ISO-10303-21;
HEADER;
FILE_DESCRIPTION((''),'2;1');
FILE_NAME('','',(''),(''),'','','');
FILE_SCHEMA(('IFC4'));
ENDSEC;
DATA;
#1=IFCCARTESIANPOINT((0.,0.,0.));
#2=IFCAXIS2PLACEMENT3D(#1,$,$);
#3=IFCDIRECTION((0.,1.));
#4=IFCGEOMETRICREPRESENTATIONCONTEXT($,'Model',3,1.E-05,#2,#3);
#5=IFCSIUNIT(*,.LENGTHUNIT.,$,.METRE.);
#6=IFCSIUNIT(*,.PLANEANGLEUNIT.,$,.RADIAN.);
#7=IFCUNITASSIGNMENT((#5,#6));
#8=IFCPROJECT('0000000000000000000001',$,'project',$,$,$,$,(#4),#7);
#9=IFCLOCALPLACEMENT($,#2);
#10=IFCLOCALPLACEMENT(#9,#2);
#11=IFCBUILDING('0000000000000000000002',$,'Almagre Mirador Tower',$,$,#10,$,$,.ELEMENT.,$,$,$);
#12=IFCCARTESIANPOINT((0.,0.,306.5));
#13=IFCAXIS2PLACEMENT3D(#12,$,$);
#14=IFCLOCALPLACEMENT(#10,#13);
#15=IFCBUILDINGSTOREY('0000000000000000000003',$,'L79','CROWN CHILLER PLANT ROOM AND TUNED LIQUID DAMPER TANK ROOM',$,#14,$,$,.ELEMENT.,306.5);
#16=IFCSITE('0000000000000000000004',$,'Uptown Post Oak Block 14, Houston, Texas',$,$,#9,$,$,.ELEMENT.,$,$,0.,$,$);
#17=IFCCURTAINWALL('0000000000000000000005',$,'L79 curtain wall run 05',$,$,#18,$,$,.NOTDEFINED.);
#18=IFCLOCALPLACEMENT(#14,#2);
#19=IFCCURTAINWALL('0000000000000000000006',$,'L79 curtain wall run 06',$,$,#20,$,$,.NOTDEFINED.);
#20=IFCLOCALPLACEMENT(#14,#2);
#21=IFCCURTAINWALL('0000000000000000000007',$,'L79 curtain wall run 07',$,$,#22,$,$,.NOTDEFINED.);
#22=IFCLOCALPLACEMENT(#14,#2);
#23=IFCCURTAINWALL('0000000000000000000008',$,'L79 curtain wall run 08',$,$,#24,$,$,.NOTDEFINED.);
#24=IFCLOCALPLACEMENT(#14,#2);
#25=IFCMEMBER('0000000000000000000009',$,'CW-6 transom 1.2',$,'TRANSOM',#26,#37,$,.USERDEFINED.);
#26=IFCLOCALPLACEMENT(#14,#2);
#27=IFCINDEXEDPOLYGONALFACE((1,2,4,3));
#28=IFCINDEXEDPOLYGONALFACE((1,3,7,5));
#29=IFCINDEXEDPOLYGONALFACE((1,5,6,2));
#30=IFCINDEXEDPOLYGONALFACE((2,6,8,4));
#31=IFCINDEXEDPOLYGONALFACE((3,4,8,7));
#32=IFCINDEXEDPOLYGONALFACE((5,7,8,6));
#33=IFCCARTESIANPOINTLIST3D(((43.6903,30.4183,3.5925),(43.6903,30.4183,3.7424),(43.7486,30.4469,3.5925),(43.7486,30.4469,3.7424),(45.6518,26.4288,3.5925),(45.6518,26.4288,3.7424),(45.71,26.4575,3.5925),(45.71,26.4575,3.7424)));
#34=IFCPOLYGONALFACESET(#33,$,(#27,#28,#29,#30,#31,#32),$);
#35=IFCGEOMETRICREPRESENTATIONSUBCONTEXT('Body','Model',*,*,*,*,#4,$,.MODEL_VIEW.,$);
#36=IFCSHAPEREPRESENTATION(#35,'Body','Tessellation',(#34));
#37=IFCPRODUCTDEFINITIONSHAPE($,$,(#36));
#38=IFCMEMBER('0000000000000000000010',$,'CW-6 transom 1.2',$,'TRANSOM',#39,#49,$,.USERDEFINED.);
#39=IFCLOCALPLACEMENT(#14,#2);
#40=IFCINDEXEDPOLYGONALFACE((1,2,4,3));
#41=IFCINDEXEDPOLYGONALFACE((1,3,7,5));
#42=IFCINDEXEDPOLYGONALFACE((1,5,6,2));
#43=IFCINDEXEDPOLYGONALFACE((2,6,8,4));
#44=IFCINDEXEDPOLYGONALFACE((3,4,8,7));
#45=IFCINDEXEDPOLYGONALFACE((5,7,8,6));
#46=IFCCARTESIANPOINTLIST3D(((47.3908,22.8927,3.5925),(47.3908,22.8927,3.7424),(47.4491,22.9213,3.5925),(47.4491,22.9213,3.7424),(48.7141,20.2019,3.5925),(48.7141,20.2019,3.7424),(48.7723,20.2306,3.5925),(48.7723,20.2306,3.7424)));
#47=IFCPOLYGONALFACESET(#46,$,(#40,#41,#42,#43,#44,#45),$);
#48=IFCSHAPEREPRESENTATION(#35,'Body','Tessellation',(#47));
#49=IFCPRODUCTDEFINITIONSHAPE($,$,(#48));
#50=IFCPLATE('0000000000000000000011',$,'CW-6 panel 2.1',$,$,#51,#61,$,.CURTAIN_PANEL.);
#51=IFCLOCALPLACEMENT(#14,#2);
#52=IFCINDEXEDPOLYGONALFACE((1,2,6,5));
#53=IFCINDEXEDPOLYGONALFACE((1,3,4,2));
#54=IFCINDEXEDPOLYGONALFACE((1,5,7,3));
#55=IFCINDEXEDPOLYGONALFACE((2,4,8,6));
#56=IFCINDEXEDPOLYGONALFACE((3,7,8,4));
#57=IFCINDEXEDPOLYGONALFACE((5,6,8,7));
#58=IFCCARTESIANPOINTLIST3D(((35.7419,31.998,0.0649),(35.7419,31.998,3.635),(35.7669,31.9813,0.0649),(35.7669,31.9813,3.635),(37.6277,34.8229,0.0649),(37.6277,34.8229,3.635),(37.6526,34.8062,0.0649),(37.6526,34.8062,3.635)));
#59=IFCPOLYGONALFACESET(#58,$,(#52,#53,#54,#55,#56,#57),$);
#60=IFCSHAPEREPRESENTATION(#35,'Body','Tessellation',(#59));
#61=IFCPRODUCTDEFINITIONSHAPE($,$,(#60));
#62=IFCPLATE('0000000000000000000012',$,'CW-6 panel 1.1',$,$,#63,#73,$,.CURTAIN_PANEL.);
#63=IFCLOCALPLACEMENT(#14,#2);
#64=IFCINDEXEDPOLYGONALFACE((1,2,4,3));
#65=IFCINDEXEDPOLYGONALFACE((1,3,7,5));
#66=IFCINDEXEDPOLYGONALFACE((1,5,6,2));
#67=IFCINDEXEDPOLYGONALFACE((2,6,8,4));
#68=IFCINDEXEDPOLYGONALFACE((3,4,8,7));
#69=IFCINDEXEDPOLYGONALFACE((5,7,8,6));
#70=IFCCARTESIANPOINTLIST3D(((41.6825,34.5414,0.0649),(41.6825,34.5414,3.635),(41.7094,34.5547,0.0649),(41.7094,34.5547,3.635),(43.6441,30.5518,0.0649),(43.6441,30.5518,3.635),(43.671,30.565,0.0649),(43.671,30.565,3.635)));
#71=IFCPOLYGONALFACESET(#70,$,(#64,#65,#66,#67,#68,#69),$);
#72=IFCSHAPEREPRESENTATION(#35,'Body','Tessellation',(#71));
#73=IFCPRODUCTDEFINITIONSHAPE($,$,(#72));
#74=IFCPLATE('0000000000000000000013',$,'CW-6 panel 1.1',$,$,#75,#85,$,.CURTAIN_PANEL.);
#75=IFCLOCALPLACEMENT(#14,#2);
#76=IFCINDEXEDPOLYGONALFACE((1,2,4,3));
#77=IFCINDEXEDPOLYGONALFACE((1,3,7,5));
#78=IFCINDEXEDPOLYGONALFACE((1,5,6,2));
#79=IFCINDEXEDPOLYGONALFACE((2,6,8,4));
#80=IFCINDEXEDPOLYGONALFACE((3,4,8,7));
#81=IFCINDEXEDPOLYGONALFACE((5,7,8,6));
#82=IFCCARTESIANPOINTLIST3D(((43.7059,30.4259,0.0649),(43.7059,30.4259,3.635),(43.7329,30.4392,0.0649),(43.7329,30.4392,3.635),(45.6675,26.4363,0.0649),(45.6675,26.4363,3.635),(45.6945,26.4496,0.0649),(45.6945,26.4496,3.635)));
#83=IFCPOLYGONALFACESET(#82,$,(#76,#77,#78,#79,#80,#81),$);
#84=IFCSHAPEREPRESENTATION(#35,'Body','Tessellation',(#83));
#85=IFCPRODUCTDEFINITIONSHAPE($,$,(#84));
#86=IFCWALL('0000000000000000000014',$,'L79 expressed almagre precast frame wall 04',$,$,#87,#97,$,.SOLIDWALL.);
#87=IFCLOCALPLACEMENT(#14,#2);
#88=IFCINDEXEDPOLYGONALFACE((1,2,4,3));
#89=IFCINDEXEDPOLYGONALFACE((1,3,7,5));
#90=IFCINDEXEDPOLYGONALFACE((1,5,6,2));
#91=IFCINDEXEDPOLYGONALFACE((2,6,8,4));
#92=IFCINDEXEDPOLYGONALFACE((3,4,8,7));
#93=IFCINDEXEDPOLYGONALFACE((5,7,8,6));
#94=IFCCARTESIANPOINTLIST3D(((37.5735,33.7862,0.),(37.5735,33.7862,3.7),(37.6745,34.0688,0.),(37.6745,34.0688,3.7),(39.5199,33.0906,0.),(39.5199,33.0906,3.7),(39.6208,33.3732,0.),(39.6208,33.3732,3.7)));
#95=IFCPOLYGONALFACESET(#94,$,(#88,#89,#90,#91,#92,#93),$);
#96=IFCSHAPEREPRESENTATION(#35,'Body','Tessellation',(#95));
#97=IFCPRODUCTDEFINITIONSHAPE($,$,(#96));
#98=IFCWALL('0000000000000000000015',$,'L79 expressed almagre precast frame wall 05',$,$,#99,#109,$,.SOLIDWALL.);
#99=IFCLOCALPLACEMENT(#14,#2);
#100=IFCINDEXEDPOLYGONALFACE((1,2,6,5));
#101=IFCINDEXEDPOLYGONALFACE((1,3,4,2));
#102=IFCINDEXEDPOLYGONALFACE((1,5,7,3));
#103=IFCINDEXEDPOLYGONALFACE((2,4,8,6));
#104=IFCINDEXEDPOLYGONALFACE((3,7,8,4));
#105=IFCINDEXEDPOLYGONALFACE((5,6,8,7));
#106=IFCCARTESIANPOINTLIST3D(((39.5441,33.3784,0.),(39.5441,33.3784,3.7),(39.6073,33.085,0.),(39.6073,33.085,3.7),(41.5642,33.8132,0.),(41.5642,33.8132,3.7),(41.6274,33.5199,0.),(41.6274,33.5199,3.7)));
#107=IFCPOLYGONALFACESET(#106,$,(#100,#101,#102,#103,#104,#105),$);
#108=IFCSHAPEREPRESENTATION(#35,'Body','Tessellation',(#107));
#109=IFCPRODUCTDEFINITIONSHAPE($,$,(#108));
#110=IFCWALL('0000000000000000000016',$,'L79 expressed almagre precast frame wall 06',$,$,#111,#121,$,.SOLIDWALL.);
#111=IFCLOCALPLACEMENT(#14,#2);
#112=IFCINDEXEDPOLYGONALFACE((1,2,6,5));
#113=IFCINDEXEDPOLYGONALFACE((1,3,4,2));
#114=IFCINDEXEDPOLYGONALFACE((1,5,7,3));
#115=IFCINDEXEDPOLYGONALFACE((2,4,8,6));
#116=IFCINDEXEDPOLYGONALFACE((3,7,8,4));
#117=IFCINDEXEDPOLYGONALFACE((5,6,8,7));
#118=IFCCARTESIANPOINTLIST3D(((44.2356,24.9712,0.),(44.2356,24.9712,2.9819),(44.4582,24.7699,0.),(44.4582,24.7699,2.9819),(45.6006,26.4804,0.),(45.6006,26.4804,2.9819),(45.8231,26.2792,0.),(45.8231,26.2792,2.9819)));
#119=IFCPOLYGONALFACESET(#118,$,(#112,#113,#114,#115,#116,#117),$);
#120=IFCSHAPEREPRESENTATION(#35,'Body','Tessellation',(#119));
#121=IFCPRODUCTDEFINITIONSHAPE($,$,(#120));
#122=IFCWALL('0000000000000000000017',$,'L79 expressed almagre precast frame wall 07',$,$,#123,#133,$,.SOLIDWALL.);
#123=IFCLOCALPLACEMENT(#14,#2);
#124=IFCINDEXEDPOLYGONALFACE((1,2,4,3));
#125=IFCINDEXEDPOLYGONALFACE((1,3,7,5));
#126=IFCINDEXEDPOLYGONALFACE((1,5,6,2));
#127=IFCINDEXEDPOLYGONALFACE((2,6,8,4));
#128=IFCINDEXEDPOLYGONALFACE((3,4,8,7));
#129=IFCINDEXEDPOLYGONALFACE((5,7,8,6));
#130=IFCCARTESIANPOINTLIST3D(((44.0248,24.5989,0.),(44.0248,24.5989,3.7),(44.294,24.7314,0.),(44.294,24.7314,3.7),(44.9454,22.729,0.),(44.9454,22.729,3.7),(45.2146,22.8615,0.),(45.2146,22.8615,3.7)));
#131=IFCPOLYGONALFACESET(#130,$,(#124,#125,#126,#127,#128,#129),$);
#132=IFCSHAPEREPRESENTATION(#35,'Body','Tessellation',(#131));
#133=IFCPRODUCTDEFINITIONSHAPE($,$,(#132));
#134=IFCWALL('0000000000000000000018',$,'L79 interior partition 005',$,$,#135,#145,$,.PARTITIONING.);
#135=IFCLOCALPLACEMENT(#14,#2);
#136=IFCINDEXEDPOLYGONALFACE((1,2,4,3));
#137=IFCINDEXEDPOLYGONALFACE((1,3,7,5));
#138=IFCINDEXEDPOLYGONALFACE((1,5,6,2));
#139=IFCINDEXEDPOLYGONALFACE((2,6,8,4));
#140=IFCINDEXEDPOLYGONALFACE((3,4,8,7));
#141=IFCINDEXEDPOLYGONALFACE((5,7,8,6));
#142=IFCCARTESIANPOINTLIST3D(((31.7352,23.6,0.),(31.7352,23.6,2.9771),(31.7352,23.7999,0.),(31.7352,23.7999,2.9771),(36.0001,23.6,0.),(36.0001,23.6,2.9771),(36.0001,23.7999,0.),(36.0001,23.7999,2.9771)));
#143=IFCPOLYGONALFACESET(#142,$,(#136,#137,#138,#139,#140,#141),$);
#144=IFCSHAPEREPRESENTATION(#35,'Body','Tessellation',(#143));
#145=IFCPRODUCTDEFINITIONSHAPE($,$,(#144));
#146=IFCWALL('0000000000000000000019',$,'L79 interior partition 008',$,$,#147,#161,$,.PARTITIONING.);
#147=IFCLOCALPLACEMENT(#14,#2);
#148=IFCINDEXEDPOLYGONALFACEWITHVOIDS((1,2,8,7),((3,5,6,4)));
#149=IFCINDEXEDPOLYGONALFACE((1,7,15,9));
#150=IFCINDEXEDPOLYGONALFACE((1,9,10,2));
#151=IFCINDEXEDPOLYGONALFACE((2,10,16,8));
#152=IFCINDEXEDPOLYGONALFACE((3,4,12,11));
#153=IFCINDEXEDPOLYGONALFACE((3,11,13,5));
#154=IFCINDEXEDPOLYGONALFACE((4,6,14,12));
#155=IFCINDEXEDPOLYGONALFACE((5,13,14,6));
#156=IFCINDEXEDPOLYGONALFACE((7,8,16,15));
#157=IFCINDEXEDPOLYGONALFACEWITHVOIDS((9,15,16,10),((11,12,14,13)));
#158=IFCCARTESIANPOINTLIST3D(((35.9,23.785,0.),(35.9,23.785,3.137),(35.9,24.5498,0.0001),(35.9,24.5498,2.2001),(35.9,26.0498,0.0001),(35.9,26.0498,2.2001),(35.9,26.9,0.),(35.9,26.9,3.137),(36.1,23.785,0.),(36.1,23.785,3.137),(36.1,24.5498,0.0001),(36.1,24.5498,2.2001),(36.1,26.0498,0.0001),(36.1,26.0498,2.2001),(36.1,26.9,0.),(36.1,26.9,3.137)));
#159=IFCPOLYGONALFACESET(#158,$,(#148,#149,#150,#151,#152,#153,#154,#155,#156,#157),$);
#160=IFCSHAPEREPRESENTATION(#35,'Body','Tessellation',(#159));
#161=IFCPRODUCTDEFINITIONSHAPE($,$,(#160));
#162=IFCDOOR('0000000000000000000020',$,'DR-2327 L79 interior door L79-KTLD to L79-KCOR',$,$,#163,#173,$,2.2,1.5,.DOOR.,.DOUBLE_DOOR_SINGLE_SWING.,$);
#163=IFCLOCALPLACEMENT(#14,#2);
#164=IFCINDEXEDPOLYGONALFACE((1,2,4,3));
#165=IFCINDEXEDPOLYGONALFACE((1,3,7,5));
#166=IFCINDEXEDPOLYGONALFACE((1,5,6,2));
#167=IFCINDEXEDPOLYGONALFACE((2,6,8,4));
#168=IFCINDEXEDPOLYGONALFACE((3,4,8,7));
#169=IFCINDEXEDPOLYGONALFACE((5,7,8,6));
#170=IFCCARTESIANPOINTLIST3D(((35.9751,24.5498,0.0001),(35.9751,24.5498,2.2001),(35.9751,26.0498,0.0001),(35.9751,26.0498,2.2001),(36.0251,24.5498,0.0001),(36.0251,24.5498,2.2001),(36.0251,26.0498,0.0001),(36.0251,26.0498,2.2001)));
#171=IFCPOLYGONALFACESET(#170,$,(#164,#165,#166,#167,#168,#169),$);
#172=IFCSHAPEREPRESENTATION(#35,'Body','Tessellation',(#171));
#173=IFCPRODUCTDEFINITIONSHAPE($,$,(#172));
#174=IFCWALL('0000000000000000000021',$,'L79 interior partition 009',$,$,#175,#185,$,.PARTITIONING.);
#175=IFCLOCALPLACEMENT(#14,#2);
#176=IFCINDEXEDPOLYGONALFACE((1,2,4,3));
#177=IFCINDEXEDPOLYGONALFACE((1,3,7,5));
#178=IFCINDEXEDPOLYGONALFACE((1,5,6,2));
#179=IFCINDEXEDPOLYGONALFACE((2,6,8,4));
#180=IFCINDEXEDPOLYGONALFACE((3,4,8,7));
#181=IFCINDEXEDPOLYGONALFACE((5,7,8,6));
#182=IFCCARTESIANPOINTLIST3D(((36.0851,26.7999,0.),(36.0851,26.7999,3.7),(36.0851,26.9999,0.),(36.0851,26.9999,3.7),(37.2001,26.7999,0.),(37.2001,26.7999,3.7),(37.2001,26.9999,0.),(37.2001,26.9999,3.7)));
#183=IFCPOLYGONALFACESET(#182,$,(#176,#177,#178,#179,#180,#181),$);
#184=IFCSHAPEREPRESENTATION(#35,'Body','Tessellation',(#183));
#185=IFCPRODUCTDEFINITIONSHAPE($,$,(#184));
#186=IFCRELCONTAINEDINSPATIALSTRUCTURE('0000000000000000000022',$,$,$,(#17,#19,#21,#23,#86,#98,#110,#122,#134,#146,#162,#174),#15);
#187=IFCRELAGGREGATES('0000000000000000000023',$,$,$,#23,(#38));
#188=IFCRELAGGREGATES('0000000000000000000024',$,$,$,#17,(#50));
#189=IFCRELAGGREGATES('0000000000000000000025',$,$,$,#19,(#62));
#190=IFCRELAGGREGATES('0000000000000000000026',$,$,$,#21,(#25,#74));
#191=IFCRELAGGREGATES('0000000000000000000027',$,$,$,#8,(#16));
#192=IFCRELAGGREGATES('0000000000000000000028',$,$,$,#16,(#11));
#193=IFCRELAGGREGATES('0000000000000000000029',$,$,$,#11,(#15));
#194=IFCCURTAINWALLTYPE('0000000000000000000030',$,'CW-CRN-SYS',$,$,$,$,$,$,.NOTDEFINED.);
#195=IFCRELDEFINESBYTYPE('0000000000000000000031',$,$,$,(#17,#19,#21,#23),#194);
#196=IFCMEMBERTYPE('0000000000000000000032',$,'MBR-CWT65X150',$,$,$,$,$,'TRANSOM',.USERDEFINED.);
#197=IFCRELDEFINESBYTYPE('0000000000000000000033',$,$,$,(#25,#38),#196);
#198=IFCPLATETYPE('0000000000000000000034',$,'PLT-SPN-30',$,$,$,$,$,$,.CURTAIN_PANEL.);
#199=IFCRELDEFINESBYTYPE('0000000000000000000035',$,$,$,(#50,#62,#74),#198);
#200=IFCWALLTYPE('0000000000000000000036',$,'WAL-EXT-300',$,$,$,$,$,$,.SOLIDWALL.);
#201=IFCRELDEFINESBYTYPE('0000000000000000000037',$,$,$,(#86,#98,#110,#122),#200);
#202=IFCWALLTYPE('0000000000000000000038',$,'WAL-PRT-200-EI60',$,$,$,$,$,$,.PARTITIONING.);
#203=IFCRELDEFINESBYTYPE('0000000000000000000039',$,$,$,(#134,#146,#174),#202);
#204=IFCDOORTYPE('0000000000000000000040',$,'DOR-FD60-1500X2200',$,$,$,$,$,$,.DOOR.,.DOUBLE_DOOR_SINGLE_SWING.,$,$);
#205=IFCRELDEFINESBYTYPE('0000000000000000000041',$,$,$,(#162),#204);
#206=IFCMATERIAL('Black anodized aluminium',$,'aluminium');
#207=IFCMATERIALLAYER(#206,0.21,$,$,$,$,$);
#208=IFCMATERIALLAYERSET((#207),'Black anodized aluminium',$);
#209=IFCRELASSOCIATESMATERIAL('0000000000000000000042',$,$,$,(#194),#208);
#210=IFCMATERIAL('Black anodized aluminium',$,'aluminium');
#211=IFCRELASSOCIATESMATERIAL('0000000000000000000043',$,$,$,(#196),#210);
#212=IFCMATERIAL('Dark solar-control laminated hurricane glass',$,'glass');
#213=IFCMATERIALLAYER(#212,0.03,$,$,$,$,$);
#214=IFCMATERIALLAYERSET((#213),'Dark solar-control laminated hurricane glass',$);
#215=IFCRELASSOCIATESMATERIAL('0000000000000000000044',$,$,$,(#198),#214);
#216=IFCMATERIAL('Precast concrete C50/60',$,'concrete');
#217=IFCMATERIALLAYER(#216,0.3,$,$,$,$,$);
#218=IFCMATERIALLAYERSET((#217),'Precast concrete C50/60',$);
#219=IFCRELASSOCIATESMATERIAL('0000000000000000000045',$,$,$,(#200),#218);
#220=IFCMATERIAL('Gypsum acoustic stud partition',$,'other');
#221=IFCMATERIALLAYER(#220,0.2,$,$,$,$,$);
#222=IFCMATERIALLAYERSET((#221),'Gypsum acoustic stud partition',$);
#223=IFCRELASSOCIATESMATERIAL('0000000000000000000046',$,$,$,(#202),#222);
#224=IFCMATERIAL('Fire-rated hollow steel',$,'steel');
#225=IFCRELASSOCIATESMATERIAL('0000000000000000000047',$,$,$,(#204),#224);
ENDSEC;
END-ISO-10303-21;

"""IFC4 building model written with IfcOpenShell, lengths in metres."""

from ifc_helpers import new_model, si_unit, direction, frame, frame_2d, origin, origin_2d, place, context, subcontext, project, spatial, rectangle, extrude, material, layer, layer_set, material_profile, profile_set, type_object, element, fill, aggregate, save


model = new_model("IFC4")

# Units and contexts
model_context = context("Model", 3, precision=1e-05, world=origin(), true_north=direction((0.0, 1.0)))
body_context = subcontext(model_context, "Body", "Model", "MODEL_VIEW")
ifc_project = project(units=[si_unit("LENGTHUNIT", "METRE"), si_unit("PLANEANGLEUNIT", "RADIAN")], contexts=[model_context])

# Site, building, storey
site_placement = place(None, origin())
site = spatial("IfcSite", under=ifc_project, at=site_placement, Name="Uptown Post Oak Block 14, Houston, Texas", CompositionType="ELEMENT", RefElevation=0.0)
building_placement = place(site_placement, origin())
building = spatial("IfcBuilding", under=site, at=building_placement, Name="Almagre Mirador Tower", CompositionType="ELEMENT")
storey_placement = place(building_placement, frame((0.0, 0.0, 306.5)))
storey = spatial("IfcBuildingStorey", under=building, at=storey_placement, Name="L79", Description="CROWN CHILLER PLANT ROOM AND TUNED LIQUID DAMPER TANK ROOM", CompositionType="ELEMENT", Elevation=306.5)

# Curtain wall
ifc_material_1 = material(Name="Black anodized aluminium", Category="aluminium")
ifc_layer_1 = layer(ifc_material_1, 0.21)
ifc_layer_set_1 = layer_set([ifc_layer_1], Name="Black anodized aluminium")
curtain_wall_type = type_object("IfcCurtainWallType", Name="CW-CRN-SYS", PredefinedType="NOTDEFINED", material=ifc_layer_set_1)
curtain_wall_1_placement = place(storey_placement, origin())
curtain_wall_1 = element("IfcCurtainWall", 1, at=curtain_wall_1_placement, inside=storey, type_object=curtain_wall_type, Name="L79 curtain wall run 05", PredefinedType="NOTDEFINED")

# Curtain walls
curtain_wall_2_placement = place(storey_placement, origin())
curtain_wall_2 = element("IfcCurtainWall", 2, at=curtain_wall_2_placement, inside=storey, type_object=curtain_wall_type, Name="L79 curtain wall run 06", PredefinedType="NOTDEFINED")
curtain_wall_3_placement = place(storey_placement, origin())
curtain_wall_3 = element("IfcCurtainWall", 3, at=curtain_wall_3_placement, inside=storey, type_object=curtain_wall_type, Name="L79 curtain wall run 07", PredefinedType="NOTDEFINED")

# Curtain wall
curtain_wall_4_placement = place(storey_placement, origin())
curtain_wall_4 = element("IfcCurtainWall", 4, at=curtain_wall_4_placement, inside=storey, type_object=curtain_wall_type, Name="L79 curtain wall run 08", PredefinedType="NOTDEFINED")

# Members
ifc_material_2 = material(Name="Black anodized aluminium", Category="aluminium")
ifc_material_profile_1 = material_profile(ifc_material_2, rectangle(XDim=0.0649, YDim=0.1499, at=origin_2d()), Name="CWT65X150")
ifc_profile_set_1 = profile_set([ifc_material_profile_1], Name="Black anodized aluminium")
member_type_1 = type_object("IfcMemberType", Name="MBR-CWT65X150", ElementType="TRANSOM", PredefinedType="USERDEFINED", material=ifc_profile_set_1)
member_1_placement = place(storey_placement, frame((43.7195, 30.4326, 3.6675), z_axis=(0.441207, -0.897406, 0.0), x_axis=(0.897406, 0.441207, 0.0)))
member_1 = element("IfcMember", 5, at=member_1_placement, type_object=member_type_1, Name="CW-6 transom 1.2", ObjectType="TRANSOM", PredefinedType="USERDEFINED", context=body_context, shape_type="SweptSolid", body=[
    extrude(rectangle(XDim=0.0649, YDim=0.1499, at=origin_2d()), origin(), (0.0, 0.0, 1.0), 4.4456),
])
member_2_placement = place(storey_placement, frame((47.4199, 22.907, 3.6675), z_axis=(0.441309, -0.897355, 0.0), x_axis=(0.897355, 0.441309, 0.0)))
member_2 = element("IfcMember", 6, at=member_2_placement, type_object=member_type_1, Name="CW-6 transom 1.2", ObjectType="TRANSOM", PredefinedType="USERDEFINED", context=body_context, shape_type="SweptSolid", body=[
    extrude(rectangle(XDim=0.0649, YDim=0.1499, at=origin_2d()), origin(), (0.0, 0.0, 1.0), 2.9985),
])
aggregate(curtain_wall_4, [member_2])

# Plates
ifc_material_3 = material(Name="Dark solar-control laminated hurricane glass", Category="glass")
ifc_layer_2 = layer(ifc_material_3, 0.03)
ifc_layer_set_2 = layer_set([ifc_layer_2], Name="Dark solar-control laminated hurricane glass")
plate_type = type_object("IfcPlateType", Name="PLT-SPN-30", PredefinedType="CURTAIN_PANEL", material=ifc_layer_set_2)
plate_1_placement = place(storey_placement, frame((36.6973, 33.4021, 0.0649), z_axis=(0.0, 0.0, 1.0), x_axis=(0.555217, 0.831705, 0.0)))
plate_1 = element("IfcPlate", 7, at=plate_1_placement, type_object=plate_type, Name="CW-6 panel 2.1", PredefinedType="CURTAIN_PANEL", context=body_context, shape_type="SweptSolid", body=[
    extrude(rectangle(XDim=3.3965, YDim=0.03, at=origin_2d()), origin(), (0.0, 0.0, 1.0), 3.5701),
])
aggregate(curtain_wall_1, [plate_1])
plate_2_placement = place(storey_placement, frame((42.6768, 32.5532, 0.0649), z_axis=(0.0, 0.0, 1.0), x_axis=(0.441229, -0.897395, 0.0)))
plate_2 = element("IfcPlate", 8, at=plate_2_placement, type_object=plate_type, Name="CW-6 panel 1.1", PredefinedType="CURTAIN_PANEL", context=body_context, shape_type="SweptSolid", body=[
    extrude(rectangle(XDim=4.4458, YDim=0.03, at=origin_2d()), origin(), (0.0, 0.0, 1.0), 3.5701),
])
aggregate(curtain_wall_2, [plate_2])
plate_3_placement = place(storey_placement, frame((44.7002, 28.4377, 0.0649), z_axis=(0.0, 0.0, 1.0), x_axis=(0.441229, -0.897395, 0.0)))
plate_3 = element("IfcPlate", 9, at=plate_3_placement, type_object=plate_type, Name="CW-6 panel 1.1", PredefinedType="CURTAIN_PANEL", context=body_context, shape_type="SweptSolid", body=[
    extrude(rectangle(XDim=4.4458, YDim=0.03, at=origin_2d()), origin(), (0.0, 0.0, 1.0), 3.5701),
])
aggregate(curtain_wall_3, [member_1, plate_3])

# Walls
ifc_material_4 = material(Name="Precast concrete C50/60", Category="concrete")
ifc_layer_3 = layer(ifc_material_4, 0.3)
ifc_layer_set_3 = layer_set([ifc_layer_3], Name="Precast concrete C50/60")
wall_type_1 = type_object("IfcWallType", Name="WAL-EXT-300", PredefinedType="SOLIDWALL", material=ifc_layer_set_3)
wall_1_placement = place(storey_placement, frame((37.624, 33.9275, 0.0), z_axis=(0.0, 0.0, 1.0), x_axis=(0.941672, -0.336531, 0.0)))
element("IfcWall", 10, at=wall_1_placement, inside=storey, type_object=wall_type_1, Name="L79 expressed almagre precast frame wall 04", PredefinedType="SOLIDWALL", context=body_context, shape_type="SweptSolid", body=[
    extrude(rectangle(XDim=2.0669, YDim=0.3, at=frame_2d((1.0334, 0.0))), origin(), (0.0, 0.0, 1.0), 3.7),
])
wall_2_placement = place(storey_placement, frame((39.5757, 33.2317, 0.0), z_axis=(0.0, 0.0, 1.0), x_axis=(0.977608, 0.210433, 0.0)))
element("IfcWall", 11, at=wall_2_placement, inside=storey, type_object=wall_type_1, Name="L79 expressed almagre precast frame wall 05", PredefinedType="SOLIDWALL", context=body_context, shape_type="SweptSolid", body=[
    extrude(rectangle(XDim=2.0664, YDim=0.3, at=frame_2d((1.0332, 0.0))), origin(), (0.0, 0.0, 1.0), 3.7),
])
wall_3_placement = place(storey_placement, frame((45.7119, 26.3799, 0.0), z_axis=(0.0, 0.0, 1.0), x_axis=(-0.670766, -0.741669, 0.0)))
element("IfcWall", 12, at=wall_3_placement, inside=storey, type_object=wall_type_1, Name="L79 expressed almagre precast frame wall 06", PredefinedType="SOLIDWALL", context=body_context, shape_type="SweptSolid", body=[
    extrude(rectangle(XDim=2.0349, YDim=0.3, at=frame_2d((1.0176, 0.0))), origin(), (0.0, 0.0, 1.0), 2.9819),
])
wall_4_placement = place(storey_placement, frame((44.1594, 24.665, 0.0), z_axis=(0.0, 0.0, 1.0), x_axis=(0.441723, -0.897151, 0.0)))
element("IfcWall", 13, at=wall_4_placement, inside=storey, type_object=wall_type_1, Name="L79 expressed almagre precast frame wall 07", PredefinedType="SOLIDWALL", context=body_context, shape_type="SweptSolid", body=[
    extrude(rectangle(XDim=2.0842, YDim=0.3, at=frame_2d((1.042, 0.0))), origin(), (0.0, 0.0, 1.0), 3.7),
])
ifc_material_5 = material(Name="Gypsum acoustic stud partition", Category="other")
ifc_layer_4 = layer(ifc_material_5, 0.2)
ifc_layer_set_4 = layer_set([ifc_layer_4], Name="Gypsum acoustic stud partition")
wall_type_2 = type_object("IfcWallType", Name="WAL-PRT-200-EI60", PredefinedType="PARTITIONING", material=ifc_layer_set_4)
wall_5_placement = place(storey_placement, frame((36.0, 23.7, 0.0), z_axis=(0.0, 0.0, 1.0), x_axis=(-1.0, 0.0, 0.0)))
element("IfcWall", 14, at=wall_5_placement, inside=storey, type_object=wall_type_2, Name="L79 interior partition 005", PredefinedType="PARTITIONING", context=body_context, shape_type="SweptSolid", body=[
    extrude(rectangle(XDim=4.2649, YDim=0.2, at=frame_2d((2.1323, 0.0))), origin(), (0.0, 0.0, 1.0), 2.9771),
])

# Wall, opening, door
wall_6_placement = place(storey_placement, frame((36.0, 23.7849, 0.0), z_axis=(0.0, 0.0, 1.0), x_axis=(0.0, 1.0, 0.0)))
wall_6 = element("IfcWall", 15, at=wall_6_placement, inside=storey, type_object=wall_type_2, Name="L79 interior partition 008", PredefinedType="PARTITIONING", context=body_context, shape_type="SweptSolid", body=[
    extrude(rectangle(XDim=3.115, YDim=0.2, at=frame_2d((1.5576, 0.0))), origin(), (0.0, 0.0, 1.0), 3.137),
])
opening_placement = place(wall_6_placement, frame((0.7649, 0.0, 0.0)))
opening = element("IfcOpeningElement", 16, at=opening_placement, cuts=wall_6, PredefinedType="OPENING", context=body_context, shape_type="SweptSolid", body=[
    extrude(rectangle(XDim=1.5, YDim=2.2, at=frame_2d((0.75, 1.1001))), frame((0.0, 0.1101, 0.0), z_axis=(0.0, -1.0, 0.0), x_axis=(1.0, 0.0, 0.0)), (0.0, 0.0, 1.0), 0.22),
])
ifc_material_6 = material(Name="Fire-rated hollow steel", Category="steel")
door_type = type_object("IfcDoorType", Name="DOR-FD60-1500X2200", OperationType="DOUBLE_DOOR_SINGLE_SWING", PredefinedType="DOOR", material=ifc_material_6)
door_placement = place(opening_placement, origin())
door = element("IfcDoor", 17, at=door_placement, inside=storey, type_object=door_type, Name="DR-2327 L79 interior door L79-KTLD to L79-KCOR", OperationType="DOUBLE_DOOR_SINGLE_SWING", OverallHeight=2.2, OverallWidth=1.5, PredefinedType="DOOR", context=body_context, shape_type="SweptSolid", body=[
    extrude(rectangle(XDim=1.5, YDim=2.2, at=frame_2d((0.75, 1.1001))), frame((0.0, 0.0249, 0.0), z_axis=(0.0, -1.0, 0.0), x_axis=(1.0, 0.0, 0.0)), (0.0, 0.0, 1.0), 0.05),
])
fill(opening, door)

# Wall
wall_7_placement = place(storey_placement, frame((36.085, 26.8999, 0.0), z_axis=(0.0, 0.0, 1.0), x_axis=(1.0, 0.0, 0.0)))
element("IfcWall", 18, at=wall_7_placement, inside=storey, type_object=wall_type_2, Name="L79 interior partition 009", PredefinedType="PARTITIONING", context=body_context, shape_type="SweptSolid", body=[
    extrude(rectangle(XDim=1.115, YDim=0.2, at=frame_2d((0.5576, 0.0))), origin(), (0.0, 0.0, 1.0), 3.7),
])

save(model, "model.ifc")
